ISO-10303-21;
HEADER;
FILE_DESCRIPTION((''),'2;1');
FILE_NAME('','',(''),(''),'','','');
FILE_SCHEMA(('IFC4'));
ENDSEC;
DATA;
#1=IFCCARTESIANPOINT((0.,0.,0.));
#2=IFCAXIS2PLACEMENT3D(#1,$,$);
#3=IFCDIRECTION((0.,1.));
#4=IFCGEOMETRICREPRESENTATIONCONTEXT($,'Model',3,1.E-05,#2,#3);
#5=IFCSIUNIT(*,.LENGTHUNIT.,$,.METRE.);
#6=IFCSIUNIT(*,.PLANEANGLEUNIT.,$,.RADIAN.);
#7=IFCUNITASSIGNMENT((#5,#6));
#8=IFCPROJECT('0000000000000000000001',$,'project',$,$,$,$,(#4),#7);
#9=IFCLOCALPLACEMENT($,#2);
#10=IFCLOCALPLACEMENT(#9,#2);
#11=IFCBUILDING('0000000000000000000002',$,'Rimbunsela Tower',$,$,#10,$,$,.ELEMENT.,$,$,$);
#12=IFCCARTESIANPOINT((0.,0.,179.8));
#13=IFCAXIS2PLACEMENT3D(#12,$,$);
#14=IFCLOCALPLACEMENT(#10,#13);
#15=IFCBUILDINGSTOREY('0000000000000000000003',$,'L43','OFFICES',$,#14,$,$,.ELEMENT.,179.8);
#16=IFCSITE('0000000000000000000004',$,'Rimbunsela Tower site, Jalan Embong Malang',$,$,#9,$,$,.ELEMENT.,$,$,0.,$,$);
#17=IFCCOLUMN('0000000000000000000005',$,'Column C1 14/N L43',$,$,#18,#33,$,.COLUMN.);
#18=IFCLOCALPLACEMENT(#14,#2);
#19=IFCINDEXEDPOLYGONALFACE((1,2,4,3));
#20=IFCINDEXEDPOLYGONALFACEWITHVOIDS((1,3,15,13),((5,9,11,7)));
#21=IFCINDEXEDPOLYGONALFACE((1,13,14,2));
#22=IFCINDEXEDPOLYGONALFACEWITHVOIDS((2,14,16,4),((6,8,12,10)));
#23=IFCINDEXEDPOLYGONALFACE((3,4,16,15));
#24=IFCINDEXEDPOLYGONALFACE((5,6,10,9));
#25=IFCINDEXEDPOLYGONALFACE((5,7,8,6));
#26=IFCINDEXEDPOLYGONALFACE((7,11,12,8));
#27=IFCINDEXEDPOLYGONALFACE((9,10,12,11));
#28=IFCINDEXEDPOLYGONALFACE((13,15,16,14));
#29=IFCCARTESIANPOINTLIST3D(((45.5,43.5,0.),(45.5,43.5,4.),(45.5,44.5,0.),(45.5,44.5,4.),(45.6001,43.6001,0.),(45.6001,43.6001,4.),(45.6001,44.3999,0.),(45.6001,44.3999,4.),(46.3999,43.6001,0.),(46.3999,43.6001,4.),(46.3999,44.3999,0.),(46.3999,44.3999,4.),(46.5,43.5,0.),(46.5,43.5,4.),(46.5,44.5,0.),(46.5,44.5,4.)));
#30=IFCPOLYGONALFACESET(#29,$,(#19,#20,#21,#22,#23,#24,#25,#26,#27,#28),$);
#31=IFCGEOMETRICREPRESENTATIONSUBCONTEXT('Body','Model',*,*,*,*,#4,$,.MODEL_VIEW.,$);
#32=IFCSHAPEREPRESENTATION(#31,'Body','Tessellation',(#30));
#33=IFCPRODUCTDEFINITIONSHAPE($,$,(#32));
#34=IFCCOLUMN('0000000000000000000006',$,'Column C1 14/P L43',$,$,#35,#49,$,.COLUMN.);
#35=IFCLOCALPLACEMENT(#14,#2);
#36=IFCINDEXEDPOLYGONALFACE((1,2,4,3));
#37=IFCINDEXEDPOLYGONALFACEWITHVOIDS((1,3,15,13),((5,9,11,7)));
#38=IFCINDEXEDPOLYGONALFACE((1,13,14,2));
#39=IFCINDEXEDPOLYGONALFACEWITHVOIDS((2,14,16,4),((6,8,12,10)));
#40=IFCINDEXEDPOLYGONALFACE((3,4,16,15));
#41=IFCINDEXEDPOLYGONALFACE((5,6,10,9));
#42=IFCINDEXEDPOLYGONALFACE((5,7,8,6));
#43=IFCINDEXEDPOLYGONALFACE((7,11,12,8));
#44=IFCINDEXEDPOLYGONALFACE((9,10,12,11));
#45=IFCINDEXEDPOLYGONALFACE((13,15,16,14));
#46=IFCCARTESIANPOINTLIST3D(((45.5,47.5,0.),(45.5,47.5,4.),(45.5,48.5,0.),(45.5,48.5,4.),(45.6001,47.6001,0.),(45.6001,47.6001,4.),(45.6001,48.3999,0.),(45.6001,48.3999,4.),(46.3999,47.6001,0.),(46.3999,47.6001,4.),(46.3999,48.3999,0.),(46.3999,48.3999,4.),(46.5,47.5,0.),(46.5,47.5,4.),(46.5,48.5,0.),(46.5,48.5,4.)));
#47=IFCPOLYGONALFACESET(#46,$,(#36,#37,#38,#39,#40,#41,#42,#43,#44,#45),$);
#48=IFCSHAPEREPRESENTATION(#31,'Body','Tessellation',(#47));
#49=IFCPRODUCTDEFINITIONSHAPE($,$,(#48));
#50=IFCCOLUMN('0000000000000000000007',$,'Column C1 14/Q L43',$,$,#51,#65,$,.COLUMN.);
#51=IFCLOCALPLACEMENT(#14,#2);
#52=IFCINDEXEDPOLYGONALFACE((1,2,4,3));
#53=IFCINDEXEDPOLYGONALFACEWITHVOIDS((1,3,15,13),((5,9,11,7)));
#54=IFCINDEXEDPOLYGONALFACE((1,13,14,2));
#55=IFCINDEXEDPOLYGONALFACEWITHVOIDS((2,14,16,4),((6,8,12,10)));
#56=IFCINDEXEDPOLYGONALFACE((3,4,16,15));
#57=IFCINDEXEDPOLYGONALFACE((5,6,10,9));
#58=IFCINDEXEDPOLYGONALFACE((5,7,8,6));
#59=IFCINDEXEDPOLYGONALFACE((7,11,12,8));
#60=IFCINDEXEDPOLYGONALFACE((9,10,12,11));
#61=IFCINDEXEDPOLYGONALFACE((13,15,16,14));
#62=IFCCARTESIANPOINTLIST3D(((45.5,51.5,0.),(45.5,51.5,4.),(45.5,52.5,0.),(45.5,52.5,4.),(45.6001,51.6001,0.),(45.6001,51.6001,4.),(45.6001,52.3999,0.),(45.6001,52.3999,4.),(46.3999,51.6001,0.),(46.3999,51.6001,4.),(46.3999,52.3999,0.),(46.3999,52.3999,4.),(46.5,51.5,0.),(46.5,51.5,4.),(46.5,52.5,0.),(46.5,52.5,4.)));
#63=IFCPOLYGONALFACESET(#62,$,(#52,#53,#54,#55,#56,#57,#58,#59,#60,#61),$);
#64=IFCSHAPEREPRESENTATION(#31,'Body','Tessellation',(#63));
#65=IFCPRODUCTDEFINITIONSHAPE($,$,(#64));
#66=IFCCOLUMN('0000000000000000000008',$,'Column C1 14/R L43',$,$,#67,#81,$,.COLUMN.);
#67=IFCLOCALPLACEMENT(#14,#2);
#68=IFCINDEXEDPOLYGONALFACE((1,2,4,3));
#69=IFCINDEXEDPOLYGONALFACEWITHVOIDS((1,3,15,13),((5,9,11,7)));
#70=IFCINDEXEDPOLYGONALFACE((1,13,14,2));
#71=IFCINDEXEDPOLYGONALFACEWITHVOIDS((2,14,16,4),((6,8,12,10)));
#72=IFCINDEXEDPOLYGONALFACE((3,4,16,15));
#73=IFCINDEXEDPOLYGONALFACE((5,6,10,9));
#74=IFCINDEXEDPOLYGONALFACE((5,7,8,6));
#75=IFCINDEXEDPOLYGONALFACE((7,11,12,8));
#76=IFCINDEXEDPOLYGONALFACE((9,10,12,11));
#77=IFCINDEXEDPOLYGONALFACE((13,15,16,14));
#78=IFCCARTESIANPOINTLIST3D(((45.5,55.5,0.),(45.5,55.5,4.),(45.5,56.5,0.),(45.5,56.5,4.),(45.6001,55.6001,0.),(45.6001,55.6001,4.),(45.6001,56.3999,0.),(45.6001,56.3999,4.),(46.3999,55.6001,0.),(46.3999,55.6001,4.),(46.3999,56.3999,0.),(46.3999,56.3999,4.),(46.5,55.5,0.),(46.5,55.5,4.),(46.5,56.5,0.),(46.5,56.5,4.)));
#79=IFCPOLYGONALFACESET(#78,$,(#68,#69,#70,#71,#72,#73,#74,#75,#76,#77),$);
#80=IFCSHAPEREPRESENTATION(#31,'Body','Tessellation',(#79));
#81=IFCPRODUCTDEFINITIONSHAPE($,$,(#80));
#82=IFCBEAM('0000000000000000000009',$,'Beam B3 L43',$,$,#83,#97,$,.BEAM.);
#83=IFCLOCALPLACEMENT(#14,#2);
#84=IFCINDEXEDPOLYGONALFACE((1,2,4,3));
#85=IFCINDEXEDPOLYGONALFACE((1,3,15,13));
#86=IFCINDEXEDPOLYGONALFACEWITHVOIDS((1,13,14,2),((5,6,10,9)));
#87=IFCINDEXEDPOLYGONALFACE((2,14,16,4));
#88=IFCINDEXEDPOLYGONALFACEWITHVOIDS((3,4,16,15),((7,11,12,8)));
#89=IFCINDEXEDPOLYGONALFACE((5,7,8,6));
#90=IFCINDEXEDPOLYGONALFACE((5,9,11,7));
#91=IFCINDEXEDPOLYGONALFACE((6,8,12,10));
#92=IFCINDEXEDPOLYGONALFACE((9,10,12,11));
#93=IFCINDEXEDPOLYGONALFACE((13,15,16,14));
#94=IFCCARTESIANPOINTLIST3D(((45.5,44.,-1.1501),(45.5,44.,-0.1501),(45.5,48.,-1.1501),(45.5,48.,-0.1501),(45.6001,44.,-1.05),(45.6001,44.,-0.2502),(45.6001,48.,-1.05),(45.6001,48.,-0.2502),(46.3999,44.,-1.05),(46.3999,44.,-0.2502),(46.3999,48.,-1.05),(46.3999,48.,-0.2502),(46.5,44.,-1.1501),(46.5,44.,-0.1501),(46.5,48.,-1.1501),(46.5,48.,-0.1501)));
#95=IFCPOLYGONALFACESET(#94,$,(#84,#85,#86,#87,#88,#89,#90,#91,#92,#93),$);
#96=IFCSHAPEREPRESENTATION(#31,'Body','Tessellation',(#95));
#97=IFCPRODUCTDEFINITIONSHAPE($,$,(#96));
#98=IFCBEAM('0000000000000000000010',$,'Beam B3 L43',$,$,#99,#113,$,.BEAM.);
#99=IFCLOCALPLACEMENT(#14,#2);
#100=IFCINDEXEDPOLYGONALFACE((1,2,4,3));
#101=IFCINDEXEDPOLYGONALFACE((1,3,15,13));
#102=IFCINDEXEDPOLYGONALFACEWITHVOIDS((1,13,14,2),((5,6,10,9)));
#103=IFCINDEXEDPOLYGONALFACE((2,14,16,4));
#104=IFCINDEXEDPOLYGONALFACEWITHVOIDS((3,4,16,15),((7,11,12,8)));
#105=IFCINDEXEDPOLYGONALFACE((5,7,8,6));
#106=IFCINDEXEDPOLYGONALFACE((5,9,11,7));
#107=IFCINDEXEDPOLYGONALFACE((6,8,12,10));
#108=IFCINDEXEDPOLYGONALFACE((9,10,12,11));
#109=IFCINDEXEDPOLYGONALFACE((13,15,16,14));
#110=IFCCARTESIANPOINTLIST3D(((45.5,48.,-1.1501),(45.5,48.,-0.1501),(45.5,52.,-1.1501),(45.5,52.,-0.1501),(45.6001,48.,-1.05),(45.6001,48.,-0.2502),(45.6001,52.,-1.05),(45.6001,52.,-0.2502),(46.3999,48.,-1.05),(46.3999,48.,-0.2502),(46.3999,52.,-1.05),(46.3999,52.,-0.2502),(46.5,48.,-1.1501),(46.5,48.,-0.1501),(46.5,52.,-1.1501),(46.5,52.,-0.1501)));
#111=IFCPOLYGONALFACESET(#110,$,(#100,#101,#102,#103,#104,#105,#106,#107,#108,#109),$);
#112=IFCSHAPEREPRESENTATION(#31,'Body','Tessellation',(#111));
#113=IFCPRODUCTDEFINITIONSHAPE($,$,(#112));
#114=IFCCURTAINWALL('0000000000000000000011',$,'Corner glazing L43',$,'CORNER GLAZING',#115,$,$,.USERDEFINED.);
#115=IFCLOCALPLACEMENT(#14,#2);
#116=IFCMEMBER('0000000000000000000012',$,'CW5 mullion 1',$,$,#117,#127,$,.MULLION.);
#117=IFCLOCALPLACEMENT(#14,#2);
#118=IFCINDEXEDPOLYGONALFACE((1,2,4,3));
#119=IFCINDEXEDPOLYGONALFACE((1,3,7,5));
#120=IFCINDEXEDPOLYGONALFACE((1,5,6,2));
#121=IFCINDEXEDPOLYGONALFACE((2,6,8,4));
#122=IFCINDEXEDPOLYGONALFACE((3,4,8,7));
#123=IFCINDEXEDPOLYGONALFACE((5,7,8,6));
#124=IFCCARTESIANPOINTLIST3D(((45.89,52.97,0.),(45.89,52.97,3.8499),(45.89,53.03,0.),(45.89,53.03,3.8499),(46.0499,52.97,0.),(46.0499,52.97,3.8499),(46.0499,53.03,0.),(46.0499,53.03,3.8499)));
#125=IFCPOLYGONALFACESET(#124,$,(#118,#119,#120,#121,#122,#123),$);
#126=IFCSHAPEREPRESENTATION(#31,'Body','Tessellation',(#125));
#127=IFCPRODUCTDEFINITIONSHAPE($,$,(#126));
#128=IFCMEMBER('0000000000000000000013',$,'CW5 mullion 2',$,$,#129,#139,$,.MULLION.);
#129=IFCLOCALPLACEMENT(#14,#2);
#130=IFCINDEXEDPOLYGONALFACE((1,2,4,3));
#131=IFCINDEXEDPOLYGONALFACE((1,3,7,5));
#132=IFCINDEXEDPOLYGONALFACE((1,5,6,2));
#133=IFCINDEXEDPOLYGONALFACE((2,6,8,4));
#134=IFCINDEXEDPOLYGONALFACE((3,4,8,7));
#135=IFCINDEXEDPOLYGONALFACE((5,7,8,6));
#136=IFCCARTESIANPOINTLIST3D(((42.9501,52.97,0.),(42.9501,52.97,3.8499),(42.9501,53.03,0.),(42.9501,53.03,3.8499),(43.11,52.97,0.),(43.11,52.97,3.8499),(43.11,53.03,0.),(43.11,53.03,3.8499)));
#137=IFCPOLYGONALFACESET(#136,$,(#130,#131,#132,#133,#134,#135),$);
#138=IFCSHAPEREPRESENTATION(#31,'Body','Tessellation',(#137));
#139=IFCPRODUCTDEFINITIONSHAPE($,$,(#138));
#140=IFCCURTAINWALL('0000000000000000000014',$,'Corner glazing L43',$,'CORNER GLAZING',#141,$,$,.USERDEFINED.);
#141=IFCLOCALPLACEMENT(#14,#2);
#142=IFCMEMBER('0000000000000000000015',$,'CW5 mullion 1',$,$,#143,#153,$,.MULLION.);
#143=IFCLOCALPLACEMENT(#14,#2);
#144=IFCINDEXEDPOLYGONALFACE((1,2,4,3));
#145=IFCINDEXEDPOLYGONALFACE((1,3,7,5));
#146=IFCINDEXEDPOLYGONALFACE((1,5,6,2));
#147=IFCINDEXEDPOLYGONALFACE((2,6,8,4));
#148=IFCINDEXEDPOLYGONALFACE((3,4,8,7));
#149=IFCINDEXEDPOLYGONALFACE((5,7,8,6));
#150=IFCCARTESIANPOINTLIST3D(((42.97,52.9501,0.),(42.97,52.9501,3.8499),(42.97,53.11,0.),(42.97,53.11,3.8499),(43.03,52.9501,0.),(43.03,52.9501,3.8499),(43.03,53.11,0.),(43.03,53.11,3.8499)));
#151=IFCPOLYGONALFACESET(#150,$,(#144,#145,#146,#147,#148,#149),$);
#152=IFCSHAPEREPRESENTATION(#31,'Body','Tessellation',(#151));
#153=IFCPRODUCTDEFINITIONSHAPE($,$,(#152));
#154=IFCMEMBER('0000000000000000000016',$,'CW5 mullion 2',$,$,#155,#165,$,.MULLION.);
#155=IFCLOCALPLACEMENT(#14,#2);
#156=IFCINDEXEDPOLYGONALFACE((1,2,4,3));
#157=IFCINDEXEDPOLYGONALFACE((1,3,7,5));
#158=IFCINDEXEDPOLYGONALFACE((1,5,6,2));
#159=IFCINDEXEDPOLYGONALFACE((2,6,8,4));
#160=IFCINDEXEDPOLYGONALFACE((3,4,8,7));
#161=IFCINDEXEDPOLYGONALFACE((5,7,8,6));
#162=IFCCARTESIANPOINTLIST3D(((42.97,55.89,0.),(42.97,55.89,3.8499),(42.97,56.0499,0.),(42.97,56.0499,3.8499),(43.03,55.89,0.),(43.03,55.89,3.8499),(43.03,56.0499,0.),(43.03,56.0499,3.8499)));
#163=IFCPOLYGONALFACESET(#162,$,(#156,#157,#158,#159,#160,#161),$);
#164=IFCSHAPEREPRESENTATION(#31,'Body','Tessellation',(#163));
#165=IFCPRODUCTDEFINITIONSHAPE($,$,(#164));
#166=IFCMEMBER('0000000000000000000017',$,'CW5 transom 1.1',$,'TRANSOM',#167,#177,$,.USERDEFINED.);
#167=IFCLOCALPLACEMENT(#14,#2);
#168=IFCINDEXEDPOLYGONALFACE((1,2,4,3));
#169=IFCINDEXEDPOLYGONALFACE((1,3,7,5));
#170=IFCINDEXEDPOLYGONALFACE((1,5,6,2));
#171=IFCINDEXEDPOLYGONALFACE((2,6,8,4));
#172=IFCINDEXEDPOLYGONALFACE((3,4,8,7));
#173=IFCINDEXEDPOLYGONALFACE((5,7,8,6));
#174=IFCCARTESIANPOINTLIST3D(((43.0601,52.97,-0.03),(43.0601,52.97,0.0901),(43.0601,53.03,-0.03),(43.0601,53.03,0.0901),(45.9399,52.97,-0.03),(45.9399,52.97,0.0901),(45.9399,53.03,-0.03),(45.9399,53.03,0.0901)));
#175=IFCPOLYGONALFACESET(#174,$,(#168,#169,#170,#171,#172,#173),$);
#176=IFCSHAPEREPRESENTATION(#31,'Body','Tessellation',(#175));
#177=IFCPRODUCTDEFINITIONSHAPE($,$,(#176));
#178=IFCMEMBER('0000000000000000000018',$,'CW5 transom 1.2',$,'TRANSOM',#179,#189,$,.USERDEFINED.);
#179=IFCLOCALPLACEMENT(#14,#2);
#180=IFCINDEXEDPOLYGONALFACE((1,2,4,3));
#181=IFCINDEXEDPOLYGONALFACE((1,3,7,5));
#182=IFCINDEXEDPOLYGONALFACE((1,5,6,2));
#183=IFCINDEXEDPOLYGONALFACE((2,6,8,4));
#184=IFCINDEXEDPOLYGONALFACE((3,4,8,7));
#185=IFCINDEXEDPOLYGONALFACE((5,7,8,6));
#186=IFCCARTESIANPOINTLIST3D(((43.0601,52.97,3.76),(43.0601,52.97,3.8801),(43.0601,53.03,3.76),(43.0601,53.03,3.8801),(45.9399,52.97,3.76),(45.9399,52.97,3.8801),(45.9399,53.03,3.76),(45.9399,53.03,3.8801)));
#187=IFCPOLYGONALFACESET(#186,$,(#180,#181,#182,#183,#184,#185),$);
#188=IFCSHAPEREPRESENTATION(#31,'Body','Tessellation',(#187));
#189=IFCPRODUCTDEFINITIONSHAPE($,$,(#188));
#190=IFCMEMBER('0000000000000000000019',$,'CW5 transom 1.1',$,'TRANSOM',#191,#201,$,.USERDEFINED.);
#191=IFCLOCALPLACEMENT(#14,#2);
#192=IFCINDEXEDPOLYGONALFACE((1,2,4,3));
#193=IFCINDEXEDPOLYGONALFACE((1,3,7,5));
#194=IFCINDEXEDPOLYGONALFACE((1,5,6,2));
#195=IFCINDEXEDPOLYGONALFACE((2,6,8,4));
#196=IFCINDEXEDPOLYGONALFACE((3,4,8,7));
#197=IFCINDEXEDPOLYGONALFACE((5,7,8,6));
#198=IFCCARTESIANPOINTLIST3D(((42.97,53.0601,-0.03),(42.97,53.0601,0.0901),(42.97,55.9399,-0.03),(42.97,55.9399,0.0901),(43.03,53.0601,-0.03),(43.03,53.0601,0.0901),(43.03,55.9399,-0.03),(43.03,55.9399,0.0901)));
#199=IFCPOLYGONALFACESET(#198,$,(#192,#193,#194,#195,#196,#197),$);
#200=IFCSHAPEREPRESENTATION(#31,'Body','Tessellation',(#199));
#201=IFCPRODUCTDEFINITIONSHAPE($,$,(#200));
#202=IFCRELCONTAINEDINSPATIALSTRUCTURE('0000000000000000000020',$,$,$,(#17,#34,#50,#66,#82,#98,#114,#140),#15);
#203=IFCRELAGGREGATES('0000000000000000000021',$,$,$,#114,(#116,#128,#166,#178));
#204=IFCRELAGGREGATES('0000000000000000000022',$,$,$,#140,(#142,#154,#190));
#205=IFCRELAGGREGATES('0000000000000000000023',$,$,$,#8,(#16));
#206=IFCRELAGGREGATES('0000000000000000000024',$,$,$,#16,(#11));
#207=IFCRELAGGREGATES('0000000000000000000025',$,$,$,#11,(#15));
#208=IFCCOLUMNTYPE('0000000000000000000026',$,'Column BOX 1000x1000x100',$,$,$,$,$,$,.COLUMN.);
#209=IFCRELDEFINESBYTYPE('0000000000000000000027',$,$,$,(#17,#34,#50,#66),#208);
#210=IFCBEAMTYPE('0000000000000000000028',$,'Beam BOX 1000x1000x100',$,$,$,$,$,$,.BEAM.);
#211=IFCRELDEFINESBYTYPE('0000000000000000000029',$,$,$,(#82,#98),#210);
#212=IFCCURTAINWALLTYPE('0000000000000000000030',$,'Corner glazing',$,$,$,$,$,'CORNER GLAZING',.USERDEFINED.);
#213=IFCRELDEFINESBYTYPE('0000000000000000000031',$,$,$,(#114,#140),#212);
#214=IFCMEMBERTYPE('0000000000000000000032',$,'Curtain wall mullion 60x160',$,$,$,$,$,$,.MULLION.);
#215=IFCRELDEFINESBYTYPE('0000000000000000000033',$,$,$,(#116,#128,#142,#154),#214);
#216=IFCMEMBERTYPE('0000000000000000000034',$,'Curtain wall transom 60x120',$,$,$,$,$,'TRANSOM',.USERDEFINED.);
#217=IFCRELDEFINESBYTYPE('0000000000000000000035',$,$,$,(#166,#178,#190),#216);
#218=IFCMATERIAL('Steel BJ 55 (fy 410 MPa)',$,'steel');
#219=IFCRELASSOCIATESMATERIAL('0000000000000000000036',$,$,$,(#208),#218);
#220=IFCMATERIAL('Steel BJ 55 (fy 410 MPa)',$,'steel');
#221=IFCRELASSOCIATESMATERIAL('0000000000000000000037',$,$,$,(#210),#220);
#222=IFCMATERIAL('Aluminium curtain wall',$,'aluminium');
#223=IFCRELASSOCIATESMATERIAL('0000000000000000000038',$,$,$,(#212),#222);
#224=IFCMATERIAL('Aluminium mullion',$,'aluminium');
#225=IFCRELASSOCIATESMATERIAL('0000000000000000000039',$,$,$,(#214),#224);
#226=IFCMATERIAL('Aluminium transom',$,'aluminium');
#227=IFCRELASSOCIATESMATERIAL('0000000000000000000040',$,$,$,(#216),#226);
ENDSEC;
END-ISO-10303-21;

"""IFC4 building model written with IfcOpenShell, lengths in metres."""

from ifc_helpers import new_model, si_unit, direction, frame, origin, origin_2d, place, context, subcontext, project, spatial, rectangle, hollow_rectangle, extrude, material, material_profile, profile_set, type_object, element, aggregate, save


model = new_model("IFC4")

# Units and contexts
model_context = context("Model", 3, precision=1e-05, world=origin(), true_north=direction((0.0, 1.0)))
body_context = subcontext(model_context, "Body", "Model", "MODEL_VIEW")
ifc_project = project(units=[si_unit("LENGTHUNIT", "METRE"), si_unit("PLANEANGLEUNIT", "RADIAN")], contexts=[model_context])

# Site, building, storey
site_placement = place(None, origin())
site = spatial("IfcSite", under=ifc_project, at=site_placement, Name="Rimbunsela Tower site, Jalan Embong Malang", CompositionType="ELEMENT", RefElevation=0.0)
building_placement = place(site_placement, origin())
building = spatial("IfcBuilding", under=site, at=building_placement, Name="Rimbunsela Tower", CompositionType="ELEMENT")
storey_placement = place(building_placement, frame((0.0, 0.0, 179.8)))
storey = spatial("IfcBuildingStorey", under=building, at=storey_placement, Name="L43", Description="OFFICES", CompositionType="ELEMENT", Elevation=179.8)

# Columns
ifc_material_1 = material(Name="Steel BJ 55 (fy 410 MPa)", Category="steel")
ifc_material_profile_1 = material_profile(ifc_material_1, hollow_rectangle(XDim=1.0, YDim=1.0, WallThickness=0.1001, at=origin_2d()), Name="BOX 1000x1000x100")
ifc_profile_set_1 = profile_set([ifc_material_profile_1], Name="Steel BJ 55 (fy 410 MPa)")
column_type = type_object("IfcColumnType", Name="Column BOX 1000x1000x100", PredefinedType="COLUMN", material=ifc_profile_set_1)
for number, where, z_axis, x_axis, name in (
    (1, (46.0, 44.0, 0.0), (0.0, 0.0, 1.0), (1.0, 0.0, 0.0), "Column C1 14/N L43"),
    (2, (46.0, 48.0, 0.0), (0.0, 0.0, 1.0), (1.0, 0.0, 0.0), "Column C1 14/P L43"),
    (3, (46.0, 52.0, 0.0), (0.0, 0.0, 1.0), (1.0, 0.0, 0.0), "Column C1 14/Q L43"),
    (4, (46.0, 56.0, 0.0), (0.0, 0.0, 1.0), (1.0, 0.0, 0.0), "Column C1 14/R L43"),
):
    element("IfcColumn", number, at=place(storey_placement, frame(where, z_axis=z_axis, x_axis=x_axis)), inside=storey, type_object=column_type, Name=name, PredefinedType="COLUMN", context=body_context, shape_type="SweptSolid", body=[
        extrude(hollow_rectangle(XDim=1.0, YDim=1.0, WallThickness=0.1001, at=origin_2d()), origin(), (0.0, 0.0, 1.0), 4.0),
    ])

# Beams
ifc_material_2 = material(Name="Steel BJ 55 (fy 410 MPa)", Category="steel")
ifc_material_profile_2 = material_profile(ifc_material_2, hollow_rectangle(XDim=1.0, YDim=1.0, WallThickness=0.1001, at=origin_2d()), Name="BOX 1000x1000x100")
ifc_profile_set_2 = profile_set([ifc_material_profile_2], Name="Steel BJ 55 (fy 410 MPa)")
beam_type = type_object("IfcBeamType", Name="Beam BOX 1000x1000x100", PredefinedType="BEAM", material=ifc_profile_set_2)
for number, where, z_axis, x_axis, name in (
    (5, (46.0, 44.0, -0.6501), (0.0, 1.0, 0.0), (-1.0, 0.0, 0.0), "Beam B3 L43"),
    (6, (46.0, 48.0, -0.6501), (0.0, 1.0, 0.0), (-1.0, 0.0, 0.0), "Beam B3 L43"),
):
    element("IfcBeam", number, at=place(storey_placement, frame(where, z_axis=z_axis, x_axis=x_axis)), inside=storey, type_object=beam_type, Name=name, PredefinedType="BEAM", context=body_context, shape_type="SweptSolid", body=[
        extrude(hollow_rectangle(XDim=1.0, YDim=1.0, WallThickness=0.1001, at=origin_2d()), origin(), (0.0, 0.0, 1.0), 4.0),
    ])

# Curtain walls, members
ifc_material_3 = material(Name="Aluminium curtain wall", Category="aluminium")
curtain_wall_type = type_object("IfcCurtainWallType", Name="Corner glazing", ElementType="CORNER GLAZING", PredefinedType="USERDEFINED", material=ifc_material_3)
curtain_wall_1_placement = place(storey_placement, origin())
curtain_wall_1 = element("IfcCurtainWall", 7, at=curtain_wall_1_placement, inside=storey, type_object=curtain_wall_type, Name="Corner glazing L43", ObjectType="CORNER GLAZING", PredefinedType="USERDEFINED")
ifc_material_4 = material(Name="Aluminium mullion", Category="aluminium")
ifc_material_profile_3 = material_profile(ifc_material_4, rectangle(XDim=0.0601, YDim=0.1599, at=origin_2d()), Name="Mullion 60x160")
ifc_profile_set_3 = profile_set([ifc_material_profile_3], Name="Aluminium mullion")
member_type_1 = type_object("IfcMemberType", Name="Curtain wall mullion 60x160", PredefinedType="MULLION", material=ifc_profile_set_3)
member_1_placement = place(storey_placement, frame((45.97, 53.0, 0.0), z_axis=(0.0, 0.0, 1.0), x_axis=(0.0, -1.0, 0.0)))
member_1 = element("IfcMember", 8, at=member_1_placement, type_object=member_type_1, Name="CW5 mullion 1", PredefinedType="MULLION", context=body_context, shape_type="SweptSolid", body=[
    extrude(rectangle(XDim=0.0601, YDim=0.1599, at=origin_2d()), origin(), (0.0, 0.0, 1.0), 3.8499),
])
member_2_placement = place(storey_placement, frame((43.03, 53.0, 0.0), z_axis=(0.0, 0.0, 1.0), x_axis=(0.0, -1.0, 0.0)))
member_2 = element("IfcMember", 9, at=member_2_placement, type_object=member_type_1, Name="CW5 mullion 2", PredefinedType="MULLION", context=body_context, shape_type="SweptSolid", body=[
    extrude(rectangle(XDim=0.0601, YDim=0.1599, at=origin_2d()), origin(), (0.0, 0.0, 1.0), 3.8499),
])
curtain_wall_2_placement = place(storey_placement, origin())
curtain_wall_2 = element("IfcCurtainWall", 10, at=curtain_wall_2_placement, inside=storey, type_object=curtain_wall_type, Name="Corner glazing L43", ObjectType="CORNER GLAZING", PredefinedType="USERDEFINED")
member_3_placement = place(storey_placement, frame((43.0, 53.03, 0.0), z_axis=(0.0, 0.0, 1.0), x_axis=(-1.0, 0.0, 0.0)))
member_3 = element("IfcMember", 11, at=member_3_placement, type_object=member_type_1, Name="CW5 mullion 1", PredefinedType="MULLION", context=body_context, shape_type="SweptSolid", body=[
    extrude(rectangle(XDim=0.0601, YDim=0.1599, at=origin_2d()), origin(), (0.0, 0.0, 1.0), 3.8499),
])
member_4_placement = place(storey_placement, frame((43.0, 55.97, 0.0), z_axis=(0.0, 0.0, 1.0), x_axis=(-1.0, 0.0, 0.0)))
member_4 = element("IfcMember", 12, at=member_4_placement, type_object=member_type_1, Name="CW5 mullion 2", PredefinedType="MULLION", context=body_context, shape_type="SweptSolid", body=[
    extrude(rectangle(XDim=0.0601, YDim=0.1599, at=origin_2d()), origin(), (0.0, 0.0, 1.0), 3.8499),
])

# Members
ifc_material_5 = material(Name="Aluminium transom", Category="aluminium")
ifc_material_profile_4 = material_profile(ifc_material_5, rectangle(XDim=0.0601, YDim=0.1201, at=origin_2d()), Name="Transom 60x120")
ifc_profile_set_4 = profile_set([ifc_material_profile_4], Name="Aluminium transom")
member_type_2 = type_object("IfcMemberType", Name="Curtain wall transom 60x120", ElementType="TRANSOM", PredefinedType="USERDEFINED", material=ifc_profile_set_4)
member_5_placement = place(storey_placement, frame((45.9399, 53.0, 0.03), z_axis=(-1.0, 0.0, 0.0), x_axis=(0.0, -1.0, 0.0)))
member_5 = element("IfcMember", 13, at=member_5_placement, type_object=member_type_2, Name="CW5 transom 1.1", ObjectType="TRANSOM", PredefinedType="USERDEFINED", context=body_context, shape_type="SweptSolid", body=[
    extrude(rectangle(XDim=0.0601, YDim=0.1201, at=origin_2d()), origin(), (0.0, 0.0, 1.0), 2.8799),
])
member_6_placement = place(storey_placement, frame((45.9399, 53.0, 3.8201), z_axis=(-1.0, 0.0, 0.0), x_axis=(0.0, -1.0, 0.0)))
member_6 = element("IfcMember", 14, at=member_6_placement, type_object=member_type_2, Name="CW5 transom 1.2", ObjectType="TRANSOM", PredefinedType="USERDEFINED", context=body_context, shape_type="SweptSolid", body=[
    extrude(rectangle(XDim=0.0601, YDim=0.1201, at=origin_2d()), origin(), (0.0, 0.0, 1.0), 2.8799),
])
member_7_placement = place(storey_placement, frame((43.0, 53.0601, 0.03), z_axis=(0.0, 1.0, 0.0), x_axis=(-1.0, 0.0, 0.0)))
member_7 = element("IfcMember", 15, at=member_7_placement, type_object=member_type_2, Name="CW5 transom 1.1", ObjectType="TRANSOM", PredefinedType="USERDEFINED", context=body_context, shape_type="SweptSolid", body=[
    extrude(rectangle(XDim=0.0601, YDim=0.1201, at=origin_2d()), origin(), (0.0, 0.0, 1.0), 2.8799),
])

aggregate(curtain_wall_1, [member_1, member_2, member_5, member_6])
aggregate(curtain_wall_2, [member_3, member_4, member_7])

save(model, "model.ifc")
